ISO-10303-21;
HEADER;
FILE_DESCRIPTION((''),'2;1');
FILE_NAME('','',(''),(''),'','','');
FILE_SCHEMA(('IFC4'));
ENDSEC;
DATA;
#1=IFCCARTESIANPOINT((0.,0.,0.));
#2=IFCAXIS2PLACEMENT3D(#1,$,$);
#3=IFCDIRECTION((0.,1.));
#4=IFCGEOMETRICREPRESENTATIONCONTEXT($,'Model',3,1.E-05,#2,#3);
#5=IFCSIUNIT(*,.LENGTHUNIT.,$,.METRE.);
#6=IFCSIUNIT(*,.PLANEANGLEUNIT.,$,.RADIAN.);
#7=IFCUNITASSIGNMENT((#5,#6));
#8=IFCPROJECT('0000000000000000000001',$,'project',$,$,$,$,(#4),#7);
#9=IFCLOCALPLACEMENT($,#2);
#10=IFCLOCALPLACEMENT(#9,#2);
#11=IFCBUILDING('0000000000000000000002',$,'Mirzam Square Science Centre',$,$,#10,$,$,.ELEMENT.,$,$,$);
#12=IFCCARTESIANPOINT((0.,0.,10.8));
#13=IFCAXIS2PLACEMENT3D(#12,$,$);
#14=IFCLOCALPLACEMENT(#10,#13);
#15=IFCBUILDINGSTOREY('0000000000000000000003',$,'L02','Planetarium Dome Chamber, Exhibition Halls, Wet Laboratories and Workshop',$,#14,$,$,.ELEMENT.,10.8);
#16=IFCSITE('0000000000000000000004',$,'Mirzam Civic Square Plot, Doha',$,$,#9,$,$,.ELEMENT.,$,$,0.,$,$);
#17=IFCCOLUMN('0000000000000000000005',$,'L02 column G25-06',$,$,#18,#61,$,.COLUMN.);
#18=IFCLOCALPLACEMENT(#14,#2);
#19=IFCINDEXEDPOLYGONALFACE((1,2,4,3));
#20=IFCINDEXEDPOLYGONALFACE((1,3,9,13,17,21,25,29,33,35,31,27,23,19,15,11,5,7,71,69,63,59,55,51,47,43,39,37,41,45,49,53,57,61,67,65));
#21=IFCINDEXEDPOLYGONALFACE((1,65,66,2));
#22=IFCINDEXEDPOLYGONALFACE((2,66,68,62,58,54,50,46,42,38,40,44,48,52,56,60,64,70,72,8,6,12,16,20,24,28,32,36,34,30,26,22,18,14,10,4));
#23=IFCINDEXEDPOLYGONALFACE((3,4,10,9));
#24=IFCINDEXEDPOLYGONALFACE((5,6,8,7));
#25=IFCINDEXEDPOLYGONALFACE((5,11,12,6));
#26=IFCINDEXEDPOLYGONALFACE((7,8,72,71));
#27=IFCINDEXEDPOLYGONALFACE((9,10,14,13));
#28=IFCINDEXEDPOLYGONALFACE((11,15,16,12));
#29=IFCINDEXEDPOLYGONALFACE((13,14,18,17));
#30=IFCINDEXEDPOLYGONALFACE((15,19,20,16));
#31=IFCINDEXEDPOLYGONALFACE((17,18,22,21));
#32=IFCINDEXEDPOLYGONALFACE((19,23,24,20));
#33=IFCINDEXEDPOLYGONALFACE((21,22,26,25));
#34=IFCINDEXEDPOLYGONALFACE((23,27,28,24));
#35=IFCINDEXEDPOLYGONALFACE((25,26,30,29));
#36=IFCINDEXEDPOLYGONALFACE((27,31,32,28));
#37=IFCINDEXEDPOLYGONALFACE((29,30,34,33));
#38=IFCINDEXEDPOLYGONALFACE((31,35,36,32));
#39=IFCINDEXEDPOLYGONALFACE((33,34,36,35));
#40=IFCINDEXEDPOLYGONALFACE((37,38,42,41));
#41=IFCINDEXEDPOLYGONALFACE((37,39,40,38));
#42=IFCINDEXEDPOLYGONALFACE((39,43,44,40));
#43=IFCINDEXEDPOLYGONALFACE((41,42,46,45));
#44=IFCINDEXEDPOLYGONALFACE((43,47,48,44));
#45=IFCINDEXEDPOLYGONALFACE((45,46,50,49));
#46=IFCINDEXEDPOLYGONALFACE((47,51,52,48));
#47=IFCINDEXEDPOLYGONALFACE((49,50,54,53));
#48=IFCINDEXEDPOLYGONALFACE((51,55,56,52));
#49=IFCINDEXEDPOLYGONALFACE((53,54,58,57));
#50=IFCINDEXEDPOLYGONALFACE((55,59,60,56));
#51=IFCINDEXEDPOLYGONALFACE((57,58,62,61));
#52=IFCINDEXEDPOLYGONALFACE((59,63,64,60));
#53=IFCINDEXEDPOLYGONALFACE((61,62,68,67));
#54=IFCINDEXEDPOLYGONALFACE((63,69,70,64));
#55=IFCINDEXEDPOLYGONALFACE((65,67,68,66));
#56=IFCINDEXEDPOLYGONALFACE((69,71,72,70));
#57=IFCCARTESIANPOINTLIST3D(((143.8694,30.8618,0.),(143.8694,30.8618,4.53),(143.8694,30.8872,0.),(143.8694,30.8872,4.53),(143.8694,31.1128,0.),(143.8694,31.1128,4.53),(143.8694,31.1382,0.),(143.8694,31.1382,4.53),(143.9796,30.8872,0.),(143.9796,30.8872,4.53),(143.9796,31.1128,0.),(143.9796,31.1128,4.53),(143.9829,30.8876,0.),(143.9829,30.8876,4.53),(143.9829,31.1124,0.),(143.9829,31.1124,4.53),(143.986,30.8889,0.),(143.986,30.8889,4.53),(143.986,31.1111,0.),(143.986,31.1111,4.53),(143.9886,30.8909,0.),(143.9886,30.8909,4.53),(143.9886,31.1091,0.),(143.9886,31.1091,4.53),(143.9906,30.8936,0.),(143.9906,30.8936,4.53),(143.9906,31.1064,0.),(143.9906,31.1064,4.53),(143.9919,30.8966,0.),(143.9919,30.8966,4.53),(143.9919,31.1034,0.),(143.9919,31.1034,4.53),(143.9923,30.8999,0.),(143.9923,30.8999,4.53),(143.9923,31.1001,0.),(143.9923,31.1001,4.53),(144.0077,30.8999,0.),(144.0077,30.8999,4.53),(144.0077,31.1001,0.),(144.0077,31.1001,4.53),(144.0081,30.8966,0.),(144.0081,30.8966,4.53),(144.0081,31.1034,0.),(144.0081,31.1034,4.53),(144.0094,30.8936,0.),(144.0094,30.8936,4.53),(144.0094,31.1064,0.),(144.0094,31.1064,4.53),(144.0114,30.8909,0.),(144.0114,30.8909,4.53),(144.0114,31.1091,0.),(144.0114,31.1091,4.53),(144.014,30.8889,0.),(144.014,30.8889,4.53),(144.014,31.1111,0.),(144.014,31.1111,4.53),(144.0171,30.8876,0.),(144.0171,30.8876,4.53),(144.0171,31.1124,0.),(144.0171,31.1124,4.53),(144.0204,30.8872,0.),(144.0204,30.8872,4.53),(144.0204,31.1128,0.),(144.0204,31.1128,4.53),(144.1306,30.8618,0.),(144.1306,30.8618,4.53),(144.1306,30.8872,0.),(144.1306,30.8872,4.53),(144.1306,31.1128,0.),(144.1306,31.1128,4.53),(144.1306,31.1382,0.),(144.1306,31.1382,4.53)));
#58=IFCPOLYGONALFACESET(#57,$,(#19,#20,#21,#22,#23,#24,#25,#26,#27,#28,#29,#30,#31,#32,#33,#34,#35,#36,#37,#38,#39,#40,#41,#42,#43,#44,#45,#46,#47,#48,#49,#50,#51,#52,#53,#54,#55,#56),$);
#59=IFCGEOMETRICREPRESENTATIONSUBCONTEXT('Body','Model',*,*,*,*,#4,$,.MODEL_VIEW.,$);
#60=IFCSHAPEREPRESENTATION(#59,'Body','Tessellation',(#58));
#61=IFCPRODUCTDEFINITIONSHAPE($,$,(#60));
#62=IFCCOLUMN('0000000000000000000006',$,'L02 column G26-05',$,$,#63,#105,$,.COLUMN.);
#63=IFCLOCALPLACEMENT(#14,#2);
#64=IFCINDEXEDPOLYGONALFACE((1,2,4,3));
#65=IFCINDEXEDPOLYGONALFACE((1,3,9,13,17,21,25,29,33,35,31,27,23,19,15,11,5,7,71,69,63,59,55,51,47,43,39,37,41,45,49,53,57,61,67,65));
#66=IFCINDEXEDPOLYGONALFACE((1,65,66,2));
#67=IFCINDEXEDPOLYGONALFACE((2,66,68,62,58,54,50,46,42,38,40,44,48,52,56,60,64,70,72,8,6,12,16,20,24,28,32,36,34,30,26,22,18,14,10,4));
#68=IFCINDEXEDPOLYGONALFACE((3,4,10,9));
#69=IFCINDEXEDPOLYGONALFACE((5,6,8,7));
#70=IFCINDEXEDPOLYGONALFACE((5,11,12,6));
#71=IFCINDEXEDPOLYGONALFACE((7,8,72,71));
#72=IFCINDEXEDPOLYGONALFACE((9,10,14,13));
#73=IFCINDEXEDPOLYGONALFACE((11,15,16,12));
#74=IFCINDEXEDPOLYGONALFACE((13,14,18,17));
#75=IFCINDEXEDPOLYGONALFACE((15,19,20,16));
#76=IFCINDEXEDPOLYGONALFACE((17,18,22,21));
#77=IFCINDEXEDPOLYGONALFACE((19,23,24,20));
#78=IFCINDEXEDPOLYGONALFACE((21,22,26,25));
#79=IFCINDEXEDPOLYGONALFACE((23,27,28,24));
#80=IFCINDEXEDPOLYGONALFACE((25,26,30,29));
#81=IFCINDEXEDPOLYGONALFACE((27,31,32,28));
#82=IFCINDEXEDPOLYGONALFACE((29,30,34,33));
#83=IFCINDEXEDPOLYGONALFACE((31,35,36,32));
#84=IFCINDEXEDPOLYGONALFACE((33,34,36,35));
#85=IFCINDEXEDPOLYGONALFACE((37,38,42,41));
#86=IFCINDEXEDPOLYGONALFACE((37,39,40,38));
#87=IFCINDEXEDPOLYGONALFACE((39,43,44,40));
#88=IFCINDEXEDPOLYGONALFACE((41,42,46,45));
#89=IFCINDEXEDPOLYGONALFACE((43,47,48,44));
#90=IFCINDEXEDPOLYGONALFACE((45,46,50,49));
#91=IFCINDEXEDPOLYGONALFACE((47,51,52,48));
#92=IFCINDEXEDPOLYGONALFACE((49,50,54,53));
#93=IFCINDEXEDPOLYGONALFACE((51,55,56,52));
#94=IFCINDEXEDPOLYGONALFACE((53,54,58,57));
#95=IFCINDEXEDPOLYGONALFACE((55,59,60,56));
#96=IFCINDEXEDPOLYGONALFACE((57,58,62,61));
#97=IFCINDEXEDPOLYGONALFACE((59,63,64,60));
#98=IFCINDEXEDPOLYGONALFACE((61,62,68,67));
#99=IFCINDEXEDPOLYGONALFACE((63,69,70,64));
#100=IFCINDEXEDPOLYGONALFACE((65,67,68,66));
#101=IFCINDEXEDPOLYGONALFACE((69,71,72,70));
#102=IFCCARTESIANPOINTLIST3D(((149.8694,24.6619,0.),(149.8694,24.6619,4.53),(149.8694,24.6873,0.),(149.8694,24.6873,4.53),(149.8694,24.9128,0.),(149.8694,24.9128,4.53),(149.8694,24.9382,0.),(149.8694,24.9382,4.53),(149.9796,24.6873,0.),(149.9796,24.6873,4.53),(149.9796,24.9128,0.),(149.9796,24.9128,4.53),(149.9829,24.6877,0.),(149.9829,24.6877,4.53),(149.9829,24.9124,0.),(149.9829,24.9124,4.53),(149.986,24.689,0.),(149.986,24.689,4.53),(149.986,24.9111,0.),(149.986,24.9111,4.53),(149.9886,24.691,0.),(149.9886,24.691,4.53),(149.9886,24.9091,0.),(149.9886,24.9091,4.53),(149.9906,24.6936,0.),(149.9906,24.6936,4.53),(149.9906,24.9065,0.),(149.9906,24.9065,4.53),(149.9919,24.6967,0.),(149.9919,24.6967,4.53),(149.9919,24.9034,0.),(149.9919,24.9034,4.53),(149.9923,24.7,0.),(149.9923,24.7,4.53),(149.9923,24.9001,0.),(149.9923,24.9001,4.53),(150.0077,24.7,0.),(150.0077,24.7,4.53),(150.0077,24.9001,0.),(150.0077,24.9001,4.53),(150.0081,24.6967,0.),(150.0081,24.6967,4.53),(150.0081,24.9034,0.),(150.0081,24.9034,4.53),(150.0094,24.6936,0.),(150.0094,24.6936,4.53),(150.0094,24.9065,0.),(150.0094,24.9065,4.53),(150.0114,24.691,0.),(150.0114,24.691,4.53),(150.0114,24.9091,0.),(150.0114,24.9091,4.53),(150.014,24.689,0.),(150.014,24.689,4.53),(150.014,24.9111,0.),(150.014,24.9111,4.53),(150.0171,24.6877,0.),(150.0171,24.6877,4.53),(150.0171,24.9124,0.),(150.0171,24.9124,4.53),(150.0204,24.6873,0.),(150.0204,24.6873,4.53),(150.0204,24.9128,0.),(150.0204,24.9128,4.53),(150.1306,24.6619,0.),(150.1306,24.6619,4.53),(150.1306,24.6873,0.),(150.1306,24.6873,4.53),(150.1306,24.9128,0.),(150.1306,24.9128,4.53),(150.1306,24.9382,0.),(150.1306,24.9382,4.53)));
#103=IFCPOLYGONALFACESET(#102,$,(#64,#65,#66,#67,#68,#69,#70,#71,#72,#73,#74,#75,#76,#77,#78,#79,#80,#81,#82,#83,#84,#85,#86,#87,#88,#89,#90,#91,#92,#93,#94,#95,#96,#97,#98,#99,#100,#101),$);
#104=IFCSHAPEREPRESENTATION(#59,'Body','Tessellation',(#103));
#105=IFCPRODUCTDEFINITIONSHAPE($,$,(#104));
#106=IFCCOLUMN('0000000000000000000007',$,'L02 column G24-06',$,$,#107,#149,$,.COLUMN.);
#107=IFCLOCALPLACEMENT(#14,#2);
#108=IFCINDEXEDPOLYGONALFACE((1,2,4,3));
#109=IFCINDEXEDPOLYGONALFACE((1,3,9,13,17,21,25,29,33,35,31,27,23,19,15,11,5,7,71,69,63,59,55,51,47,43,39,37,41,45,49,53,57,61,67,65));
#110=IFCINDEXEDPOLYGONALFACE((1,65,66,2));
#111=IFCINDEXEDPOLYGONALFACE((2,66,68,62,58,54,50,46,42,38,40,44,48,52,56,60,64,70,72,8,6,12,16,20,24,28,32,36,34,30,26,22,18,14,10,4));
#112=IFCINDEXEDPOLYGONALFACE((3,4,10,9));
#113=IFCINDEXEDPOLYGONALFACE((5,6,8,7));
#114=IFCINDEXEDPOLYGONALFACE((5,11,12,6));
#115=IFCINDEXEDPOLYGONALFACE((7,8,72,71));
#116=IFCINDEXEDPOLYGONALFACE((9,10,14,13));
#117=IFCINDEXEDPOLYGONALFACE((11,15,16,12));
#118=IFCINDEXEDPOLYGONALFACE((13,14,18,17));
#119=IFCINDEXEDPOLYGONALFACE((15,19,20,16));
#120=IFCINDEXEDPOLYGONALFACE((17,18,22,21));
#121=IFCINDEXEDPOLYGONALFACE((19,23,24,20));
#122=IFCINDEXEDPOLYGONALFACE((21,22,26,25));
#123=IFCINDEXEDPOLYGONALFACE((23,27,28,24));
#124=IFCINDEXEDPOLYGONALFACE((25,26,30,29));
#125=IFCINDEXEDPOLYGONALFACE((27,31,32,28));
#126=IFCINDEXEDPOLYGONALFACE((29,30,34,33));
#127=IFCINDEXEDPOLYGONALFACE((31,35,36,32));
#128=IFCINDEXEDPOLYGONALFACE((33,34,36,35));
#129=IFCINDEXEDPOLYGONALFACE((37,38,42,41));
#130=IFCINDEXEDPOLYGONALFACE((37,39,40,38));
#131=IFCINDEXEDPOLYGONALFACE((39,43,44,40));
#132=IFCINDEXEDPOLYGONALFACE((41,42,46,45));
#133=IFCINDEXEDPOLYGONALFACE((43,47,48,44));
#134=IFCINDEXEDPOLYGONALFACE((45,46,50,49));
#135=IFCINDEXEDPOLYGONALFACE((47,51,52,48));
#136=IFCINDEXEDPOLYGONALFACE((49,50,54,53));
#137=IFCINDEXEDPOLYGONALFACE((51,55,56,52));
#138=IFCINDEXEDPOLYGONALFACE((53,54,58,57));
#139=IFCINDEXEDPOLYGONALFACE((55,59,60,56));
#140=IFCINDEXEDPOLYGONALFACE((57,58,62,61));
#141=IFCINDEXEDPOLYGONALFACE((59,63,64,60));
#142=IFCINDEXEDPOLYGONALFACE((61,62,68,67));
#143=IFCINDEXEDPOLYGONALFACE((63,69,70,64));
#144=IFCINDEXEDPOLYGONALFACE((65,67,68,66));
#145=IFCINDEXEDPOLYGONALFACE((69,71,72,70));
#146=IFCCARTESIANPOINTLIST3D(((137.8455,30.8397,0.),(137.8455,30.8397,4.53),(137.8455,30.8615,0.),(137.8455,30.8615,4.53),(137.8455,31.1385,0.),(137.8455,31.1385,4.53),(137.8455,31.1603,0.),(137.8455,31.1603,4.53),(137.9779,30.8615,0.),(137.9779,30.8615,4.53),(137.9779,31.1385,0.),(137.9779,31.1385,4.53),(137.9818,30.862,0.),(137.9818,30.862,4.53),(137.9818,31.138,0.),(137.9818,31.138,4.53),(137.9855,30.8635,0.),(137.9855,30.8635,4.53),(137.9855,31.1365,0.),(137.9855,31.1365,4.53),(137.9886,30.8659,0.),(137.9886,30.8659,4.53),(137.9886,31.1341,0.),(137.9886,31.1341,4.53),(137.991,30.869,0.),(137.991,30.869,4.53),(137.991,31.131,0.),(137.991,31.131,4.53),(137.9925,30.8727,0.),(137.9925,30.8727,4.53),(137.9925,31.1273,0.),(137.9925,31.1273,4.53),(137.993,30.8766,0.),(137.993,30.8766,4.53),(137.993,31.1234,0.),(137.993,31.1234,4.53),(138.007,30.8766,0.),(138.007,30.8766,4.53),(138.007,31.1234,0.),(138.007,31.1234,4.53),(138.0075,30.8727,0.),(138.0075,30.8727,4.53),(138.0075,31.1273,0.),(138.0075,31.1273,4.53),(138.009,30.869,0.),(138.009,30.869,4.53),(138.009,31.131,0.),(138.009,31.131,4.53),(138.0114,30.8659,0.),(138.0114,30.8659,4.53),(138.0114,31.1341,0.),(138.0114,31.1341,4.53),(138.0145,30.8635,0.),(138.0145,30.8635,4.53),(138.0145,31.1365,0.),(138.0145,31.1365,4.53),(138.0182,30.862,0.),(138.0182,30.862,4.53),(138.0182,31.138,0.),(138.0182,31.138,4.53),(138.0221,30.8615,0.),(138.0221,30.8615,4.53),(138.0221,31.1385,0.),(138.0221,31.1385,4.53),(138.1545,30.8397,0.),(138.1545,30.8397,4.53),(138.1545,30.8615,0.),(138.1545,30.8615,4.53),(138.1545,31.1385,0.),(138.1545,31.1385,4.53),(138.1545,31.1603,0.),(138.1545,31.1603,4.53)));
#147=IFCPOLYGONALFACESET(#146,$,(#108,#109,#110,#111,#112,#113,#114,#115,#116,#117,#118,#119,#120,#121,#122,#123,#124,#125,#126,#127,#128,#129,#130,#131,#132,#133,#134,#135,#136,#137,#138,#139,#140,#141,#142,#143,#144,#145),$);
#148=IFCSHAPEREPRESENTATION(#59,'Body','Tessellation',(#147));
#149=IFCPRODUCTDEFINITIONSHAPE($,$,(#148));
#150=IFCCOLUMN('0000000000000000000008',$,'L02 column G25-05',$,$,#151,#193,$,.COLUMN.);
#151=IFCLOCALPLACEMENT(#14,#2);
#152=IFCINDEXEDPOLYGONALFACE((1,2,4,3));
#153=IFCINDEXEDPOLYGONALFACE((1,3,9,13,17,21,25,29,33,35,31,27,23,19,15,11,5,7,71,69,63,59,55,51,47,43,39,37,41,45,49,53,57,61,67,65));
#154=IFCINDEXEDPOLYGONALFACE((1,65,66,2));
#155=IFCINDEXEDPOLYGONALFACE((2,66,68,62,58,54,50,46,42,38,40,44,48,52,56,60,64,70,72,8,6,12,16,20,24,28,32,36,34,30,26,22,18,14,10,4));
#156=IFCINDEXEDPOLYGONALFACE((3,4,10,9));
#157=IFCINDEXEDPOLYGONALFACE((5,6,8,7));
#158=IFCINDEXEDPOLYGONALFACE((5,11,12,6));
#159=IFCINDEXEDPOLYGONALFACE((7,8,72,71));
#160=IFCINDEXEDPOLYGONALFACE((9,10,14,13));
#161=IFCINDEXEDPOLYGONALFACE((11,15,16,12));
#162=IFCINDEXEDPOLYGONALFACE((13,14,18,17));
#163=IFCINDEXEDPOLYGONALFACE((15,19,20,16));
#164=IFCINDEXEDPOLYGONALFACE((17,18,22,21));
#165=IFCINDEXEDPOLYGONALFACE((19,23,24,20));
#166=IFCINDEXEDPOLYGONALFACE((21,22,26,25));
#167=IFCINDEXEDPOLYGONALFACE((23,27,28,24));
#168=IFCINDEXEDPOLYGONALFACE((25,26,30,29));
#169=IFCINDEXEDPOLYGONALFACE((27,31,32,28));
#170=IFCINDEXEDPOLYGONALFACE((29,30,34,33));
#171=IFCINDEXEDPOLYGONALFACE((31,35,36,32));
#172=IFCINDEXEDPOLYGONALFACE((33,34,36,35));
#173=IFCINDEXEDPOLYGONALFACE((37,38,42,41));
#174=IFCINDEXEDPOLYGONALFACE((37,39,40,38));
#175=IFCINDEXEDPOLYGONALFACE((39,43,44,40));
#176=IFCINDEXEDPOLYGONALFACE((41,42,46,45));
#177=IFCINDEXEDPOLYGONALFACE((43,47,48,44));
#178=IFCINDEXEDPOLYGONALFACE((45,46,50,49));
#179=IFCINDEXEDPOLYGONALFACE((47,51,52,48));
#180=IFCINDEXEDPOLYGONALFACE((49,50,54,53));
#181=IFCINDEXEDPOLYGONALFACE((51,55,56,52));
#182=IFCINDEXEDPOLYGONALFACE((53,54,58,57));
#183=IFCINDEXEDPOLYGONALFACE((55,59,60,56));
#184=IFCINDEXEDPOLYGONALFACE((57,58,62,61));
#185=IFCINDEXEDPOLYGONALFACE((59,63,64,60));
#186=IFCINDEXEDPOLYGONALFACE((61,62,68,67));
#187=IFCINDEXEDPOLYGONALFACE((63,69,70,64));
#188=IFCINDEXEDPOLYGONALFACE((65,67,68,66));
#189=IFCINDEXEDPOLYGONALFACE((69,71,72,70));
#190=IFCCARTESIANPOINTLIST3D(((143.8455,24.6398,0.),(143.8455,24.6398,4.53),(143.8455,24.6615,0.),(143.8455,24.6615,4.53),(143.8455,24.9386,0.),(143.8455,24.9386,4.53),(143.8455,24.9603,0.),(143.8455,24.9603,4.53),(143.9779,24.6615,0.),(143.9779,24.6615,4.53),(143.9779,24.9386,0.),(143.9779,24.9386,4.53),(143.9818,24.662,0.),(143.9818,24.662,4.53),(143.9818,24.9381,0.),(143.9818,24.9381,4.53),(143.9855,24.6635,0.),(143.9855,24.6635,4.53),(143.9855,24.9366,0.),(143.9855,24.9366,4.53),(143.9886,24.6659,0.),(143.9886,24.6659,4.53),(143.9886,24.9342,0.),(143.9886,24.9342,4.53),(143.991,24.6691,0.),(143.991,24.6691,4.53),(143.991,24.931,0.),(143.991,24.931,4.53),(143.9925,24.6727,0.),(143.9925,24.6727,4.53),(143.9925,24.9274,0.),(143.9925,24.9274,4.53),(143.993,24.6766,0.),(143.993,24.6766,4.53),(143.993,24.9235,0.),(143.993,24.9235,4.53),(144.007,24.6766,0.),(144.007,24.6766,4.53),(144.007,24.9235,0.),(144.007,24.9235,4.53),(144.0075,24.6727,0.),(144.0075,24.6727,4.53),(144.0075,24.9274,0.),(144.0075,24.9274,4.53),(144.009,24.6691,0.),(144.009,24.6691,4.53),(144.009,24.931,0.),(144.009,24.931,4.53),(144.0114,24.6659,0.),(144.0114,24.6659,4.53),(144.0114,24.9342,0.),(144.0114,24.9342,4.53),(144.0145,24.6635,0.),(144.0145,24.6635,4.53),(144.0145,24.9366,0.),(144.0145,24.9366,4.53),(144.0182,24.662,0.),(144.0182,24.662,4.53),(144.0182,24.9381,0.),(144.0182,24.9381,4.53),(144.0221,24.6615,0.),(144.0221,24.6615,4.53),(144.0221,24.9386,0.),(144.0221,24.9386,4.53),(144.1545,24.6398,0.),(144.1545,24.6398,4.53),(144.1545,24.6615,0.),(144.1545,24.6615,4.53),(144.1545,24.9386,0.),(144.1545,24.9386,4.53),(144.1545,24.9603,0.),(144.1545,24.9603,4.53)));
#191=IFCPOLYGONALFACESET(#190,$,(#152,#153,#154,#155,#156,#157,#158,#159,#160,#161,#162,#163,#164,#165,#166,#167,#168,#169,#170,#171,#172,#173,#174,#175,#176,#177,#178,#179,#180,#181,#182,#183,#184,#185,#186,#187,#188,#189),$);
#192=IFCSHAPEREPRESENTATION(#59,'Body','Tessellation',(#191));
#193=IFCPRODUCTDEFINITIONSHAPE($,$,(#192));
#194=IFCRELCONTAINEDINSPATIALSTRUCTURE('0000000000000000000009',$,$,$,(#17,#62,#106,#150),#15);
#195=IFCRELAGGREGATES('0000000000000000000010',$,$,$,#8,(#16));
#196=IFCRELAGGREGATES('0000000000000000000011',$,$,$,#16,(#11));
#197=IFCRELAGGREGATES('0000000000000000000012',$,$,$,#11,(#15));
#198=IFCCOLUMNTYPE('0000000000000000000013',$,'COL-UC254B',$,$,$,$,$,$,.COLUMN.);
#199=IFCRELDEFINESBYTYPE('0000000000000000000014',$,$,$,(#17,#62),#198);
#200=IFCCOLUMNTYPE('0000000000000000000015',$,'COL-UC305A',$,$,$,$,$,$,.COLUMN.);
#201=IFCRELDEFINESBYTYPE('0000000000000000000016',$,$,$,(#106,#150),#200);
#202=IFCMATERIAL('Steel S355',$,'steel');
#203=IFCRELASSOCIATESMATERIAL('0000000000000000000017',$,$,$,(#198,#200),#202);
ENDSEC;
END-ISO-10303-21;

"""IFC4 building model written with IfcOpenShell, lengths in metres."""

from ifc_helpers import new_model, si_unit, direction, frame, origin, origin_2d, place, context, subcontext, project, spatial, i_section, extrude, material, material_profile, profile_set, type_object, element, save


model = new_model("IFC4")

# Units and contexts
model_context = context("Model", 3, precision=1e-05, world=origin(), true_north=direction((0.0, 1.0)))
body_context = subcontext(model_context, "Body", "Model", "MODEL_VIEW")
ifc_project = project(units=[si_unit("LENGTHUNIT", "METRE"), si_unit("PLANEANGLEUNIT", "RADIAN")], contexts=[model_context])

# Site, building, storey
site_placement = place(None, origin())
site = spatial("IfcSite", under=ifc_project, at=site_placement, Name="Mirzam Civic Square Plot, Doha", CompositionType="ELEMENT", RefElevation=0.0)
building_placement = place(site_placement, origin())
building = spatial("IfcBuilding", under=site, at=building_placement, Name="Mirzam Square Science Centre", CompositionType="ELEMENT")
storey_placement = place(building_placement, frame((0.0, 0.0, 10.8)))
storey = spatial("IfcBuildingStorey", under=building, at=storey_placement, Name="L02", Description="Planetarium Dome Chamber, Exhibition Halls, Wet Laboratories and Workshop", CompositionType="ELEMENT", Elevation=10.8)

# Columns
ifc_material_1 = material(Name="Steel S355", Category="steel")
ifc_material_profile_1 = material_profile(ifc_material_1, i_section(OverallWidth=0.2612, OverallDepth=0.2764, WebThickness=0.0154, FlangeThickness=0.0254, FilletRadius=0.0127, at=origin_2d()), Name="254x254x132UC")
ifc_profile_set_1 = profile_set([ifc_material_profile_1], Name="Steel S355")
column_type_1 = type_object("IfcColumnType", Name="COL-UC254B", PredefinedType="COLUMN", material=ifc_profile_set_1)
for number, where, z_axis, x_axis, name in (
    (1, (144.0, 31.0, 0.0), (0.0, 0.0, 1.0), (1.0, 0.0, 0.0), "L02 column G25-06"),
    (2, (150.0, 24.8, 0.0), (0.0, 0.0, 1.0), (1.0, 0.0, 0.0), "L02 column G26-05"),
):
    element("IfcColumn", number, at=place(storey_placement, frame(where, z_axis=z_axis, x_axis=x_axis)), inside=storey, type_object=column_type_1, Name=name, PredefinedType="COLUMN", context=body_context, shape_type="SweptSolid", body=[
        extrude(i_section(OverallWidth=0.2612, OverallDepth=0.2764, WebThickness=0.0154, FlangeThickness=0.0254, FilletRadius=0.0127, at=origin_2d()), origin(), (0.0, 0.0, 1.0), 4.53),
    ])
ifc_material_profile_2 = material_profile(ifc_material_1, i_section(OverallWidth=0.3091, OverallDepth=0.3206, WebThickness=0.0139, FlangeThickness=0.0217, FilletRadius=0.0151, at=origin_2d()), Name="305x305x137UC")
ifc_profile_set_2 = profile_set([ifc_material_profile_2], Name="Steel S355")
column_type_2 = type_object("IfcColumnType", Name="COL-UC305A", PredefinedType="COLUMN", material=ifc_profile_set_2)
for number, where, z_axis, x_axis, name in (
    (3, (138.0, 31.0, 0.0), (0.0, 0.0, 1.0), (1.0, 0.0, 0.0), "L02 column G24-06"),
    (4, (144.0, 24.8, 0.0), (0.0, 0.0, 1.0), (1.0, 0.0, 0.0), "L02 column G25-05"),
):
    element("IfcColumn", number, at=place(storey_placement, frame(where, z_axis=z_axis, x_axis=x_axis)), inside=storey, type_object=column_type_2, Name=name, PredefinedType="COLUMN", context=body_context, shape_type="SweptSolid", body=[
        extrude(i_section(OverallWidth=0.3091, OverallDepth=0.3206, WebThickness=0.0139, FlangeThickness=0.0217, FilletRadius=0.0151, at=origin_2d()), origin(), (0.0, 0.0, 1.0), 4.53),
    ])

save(model, "model.ifc")
